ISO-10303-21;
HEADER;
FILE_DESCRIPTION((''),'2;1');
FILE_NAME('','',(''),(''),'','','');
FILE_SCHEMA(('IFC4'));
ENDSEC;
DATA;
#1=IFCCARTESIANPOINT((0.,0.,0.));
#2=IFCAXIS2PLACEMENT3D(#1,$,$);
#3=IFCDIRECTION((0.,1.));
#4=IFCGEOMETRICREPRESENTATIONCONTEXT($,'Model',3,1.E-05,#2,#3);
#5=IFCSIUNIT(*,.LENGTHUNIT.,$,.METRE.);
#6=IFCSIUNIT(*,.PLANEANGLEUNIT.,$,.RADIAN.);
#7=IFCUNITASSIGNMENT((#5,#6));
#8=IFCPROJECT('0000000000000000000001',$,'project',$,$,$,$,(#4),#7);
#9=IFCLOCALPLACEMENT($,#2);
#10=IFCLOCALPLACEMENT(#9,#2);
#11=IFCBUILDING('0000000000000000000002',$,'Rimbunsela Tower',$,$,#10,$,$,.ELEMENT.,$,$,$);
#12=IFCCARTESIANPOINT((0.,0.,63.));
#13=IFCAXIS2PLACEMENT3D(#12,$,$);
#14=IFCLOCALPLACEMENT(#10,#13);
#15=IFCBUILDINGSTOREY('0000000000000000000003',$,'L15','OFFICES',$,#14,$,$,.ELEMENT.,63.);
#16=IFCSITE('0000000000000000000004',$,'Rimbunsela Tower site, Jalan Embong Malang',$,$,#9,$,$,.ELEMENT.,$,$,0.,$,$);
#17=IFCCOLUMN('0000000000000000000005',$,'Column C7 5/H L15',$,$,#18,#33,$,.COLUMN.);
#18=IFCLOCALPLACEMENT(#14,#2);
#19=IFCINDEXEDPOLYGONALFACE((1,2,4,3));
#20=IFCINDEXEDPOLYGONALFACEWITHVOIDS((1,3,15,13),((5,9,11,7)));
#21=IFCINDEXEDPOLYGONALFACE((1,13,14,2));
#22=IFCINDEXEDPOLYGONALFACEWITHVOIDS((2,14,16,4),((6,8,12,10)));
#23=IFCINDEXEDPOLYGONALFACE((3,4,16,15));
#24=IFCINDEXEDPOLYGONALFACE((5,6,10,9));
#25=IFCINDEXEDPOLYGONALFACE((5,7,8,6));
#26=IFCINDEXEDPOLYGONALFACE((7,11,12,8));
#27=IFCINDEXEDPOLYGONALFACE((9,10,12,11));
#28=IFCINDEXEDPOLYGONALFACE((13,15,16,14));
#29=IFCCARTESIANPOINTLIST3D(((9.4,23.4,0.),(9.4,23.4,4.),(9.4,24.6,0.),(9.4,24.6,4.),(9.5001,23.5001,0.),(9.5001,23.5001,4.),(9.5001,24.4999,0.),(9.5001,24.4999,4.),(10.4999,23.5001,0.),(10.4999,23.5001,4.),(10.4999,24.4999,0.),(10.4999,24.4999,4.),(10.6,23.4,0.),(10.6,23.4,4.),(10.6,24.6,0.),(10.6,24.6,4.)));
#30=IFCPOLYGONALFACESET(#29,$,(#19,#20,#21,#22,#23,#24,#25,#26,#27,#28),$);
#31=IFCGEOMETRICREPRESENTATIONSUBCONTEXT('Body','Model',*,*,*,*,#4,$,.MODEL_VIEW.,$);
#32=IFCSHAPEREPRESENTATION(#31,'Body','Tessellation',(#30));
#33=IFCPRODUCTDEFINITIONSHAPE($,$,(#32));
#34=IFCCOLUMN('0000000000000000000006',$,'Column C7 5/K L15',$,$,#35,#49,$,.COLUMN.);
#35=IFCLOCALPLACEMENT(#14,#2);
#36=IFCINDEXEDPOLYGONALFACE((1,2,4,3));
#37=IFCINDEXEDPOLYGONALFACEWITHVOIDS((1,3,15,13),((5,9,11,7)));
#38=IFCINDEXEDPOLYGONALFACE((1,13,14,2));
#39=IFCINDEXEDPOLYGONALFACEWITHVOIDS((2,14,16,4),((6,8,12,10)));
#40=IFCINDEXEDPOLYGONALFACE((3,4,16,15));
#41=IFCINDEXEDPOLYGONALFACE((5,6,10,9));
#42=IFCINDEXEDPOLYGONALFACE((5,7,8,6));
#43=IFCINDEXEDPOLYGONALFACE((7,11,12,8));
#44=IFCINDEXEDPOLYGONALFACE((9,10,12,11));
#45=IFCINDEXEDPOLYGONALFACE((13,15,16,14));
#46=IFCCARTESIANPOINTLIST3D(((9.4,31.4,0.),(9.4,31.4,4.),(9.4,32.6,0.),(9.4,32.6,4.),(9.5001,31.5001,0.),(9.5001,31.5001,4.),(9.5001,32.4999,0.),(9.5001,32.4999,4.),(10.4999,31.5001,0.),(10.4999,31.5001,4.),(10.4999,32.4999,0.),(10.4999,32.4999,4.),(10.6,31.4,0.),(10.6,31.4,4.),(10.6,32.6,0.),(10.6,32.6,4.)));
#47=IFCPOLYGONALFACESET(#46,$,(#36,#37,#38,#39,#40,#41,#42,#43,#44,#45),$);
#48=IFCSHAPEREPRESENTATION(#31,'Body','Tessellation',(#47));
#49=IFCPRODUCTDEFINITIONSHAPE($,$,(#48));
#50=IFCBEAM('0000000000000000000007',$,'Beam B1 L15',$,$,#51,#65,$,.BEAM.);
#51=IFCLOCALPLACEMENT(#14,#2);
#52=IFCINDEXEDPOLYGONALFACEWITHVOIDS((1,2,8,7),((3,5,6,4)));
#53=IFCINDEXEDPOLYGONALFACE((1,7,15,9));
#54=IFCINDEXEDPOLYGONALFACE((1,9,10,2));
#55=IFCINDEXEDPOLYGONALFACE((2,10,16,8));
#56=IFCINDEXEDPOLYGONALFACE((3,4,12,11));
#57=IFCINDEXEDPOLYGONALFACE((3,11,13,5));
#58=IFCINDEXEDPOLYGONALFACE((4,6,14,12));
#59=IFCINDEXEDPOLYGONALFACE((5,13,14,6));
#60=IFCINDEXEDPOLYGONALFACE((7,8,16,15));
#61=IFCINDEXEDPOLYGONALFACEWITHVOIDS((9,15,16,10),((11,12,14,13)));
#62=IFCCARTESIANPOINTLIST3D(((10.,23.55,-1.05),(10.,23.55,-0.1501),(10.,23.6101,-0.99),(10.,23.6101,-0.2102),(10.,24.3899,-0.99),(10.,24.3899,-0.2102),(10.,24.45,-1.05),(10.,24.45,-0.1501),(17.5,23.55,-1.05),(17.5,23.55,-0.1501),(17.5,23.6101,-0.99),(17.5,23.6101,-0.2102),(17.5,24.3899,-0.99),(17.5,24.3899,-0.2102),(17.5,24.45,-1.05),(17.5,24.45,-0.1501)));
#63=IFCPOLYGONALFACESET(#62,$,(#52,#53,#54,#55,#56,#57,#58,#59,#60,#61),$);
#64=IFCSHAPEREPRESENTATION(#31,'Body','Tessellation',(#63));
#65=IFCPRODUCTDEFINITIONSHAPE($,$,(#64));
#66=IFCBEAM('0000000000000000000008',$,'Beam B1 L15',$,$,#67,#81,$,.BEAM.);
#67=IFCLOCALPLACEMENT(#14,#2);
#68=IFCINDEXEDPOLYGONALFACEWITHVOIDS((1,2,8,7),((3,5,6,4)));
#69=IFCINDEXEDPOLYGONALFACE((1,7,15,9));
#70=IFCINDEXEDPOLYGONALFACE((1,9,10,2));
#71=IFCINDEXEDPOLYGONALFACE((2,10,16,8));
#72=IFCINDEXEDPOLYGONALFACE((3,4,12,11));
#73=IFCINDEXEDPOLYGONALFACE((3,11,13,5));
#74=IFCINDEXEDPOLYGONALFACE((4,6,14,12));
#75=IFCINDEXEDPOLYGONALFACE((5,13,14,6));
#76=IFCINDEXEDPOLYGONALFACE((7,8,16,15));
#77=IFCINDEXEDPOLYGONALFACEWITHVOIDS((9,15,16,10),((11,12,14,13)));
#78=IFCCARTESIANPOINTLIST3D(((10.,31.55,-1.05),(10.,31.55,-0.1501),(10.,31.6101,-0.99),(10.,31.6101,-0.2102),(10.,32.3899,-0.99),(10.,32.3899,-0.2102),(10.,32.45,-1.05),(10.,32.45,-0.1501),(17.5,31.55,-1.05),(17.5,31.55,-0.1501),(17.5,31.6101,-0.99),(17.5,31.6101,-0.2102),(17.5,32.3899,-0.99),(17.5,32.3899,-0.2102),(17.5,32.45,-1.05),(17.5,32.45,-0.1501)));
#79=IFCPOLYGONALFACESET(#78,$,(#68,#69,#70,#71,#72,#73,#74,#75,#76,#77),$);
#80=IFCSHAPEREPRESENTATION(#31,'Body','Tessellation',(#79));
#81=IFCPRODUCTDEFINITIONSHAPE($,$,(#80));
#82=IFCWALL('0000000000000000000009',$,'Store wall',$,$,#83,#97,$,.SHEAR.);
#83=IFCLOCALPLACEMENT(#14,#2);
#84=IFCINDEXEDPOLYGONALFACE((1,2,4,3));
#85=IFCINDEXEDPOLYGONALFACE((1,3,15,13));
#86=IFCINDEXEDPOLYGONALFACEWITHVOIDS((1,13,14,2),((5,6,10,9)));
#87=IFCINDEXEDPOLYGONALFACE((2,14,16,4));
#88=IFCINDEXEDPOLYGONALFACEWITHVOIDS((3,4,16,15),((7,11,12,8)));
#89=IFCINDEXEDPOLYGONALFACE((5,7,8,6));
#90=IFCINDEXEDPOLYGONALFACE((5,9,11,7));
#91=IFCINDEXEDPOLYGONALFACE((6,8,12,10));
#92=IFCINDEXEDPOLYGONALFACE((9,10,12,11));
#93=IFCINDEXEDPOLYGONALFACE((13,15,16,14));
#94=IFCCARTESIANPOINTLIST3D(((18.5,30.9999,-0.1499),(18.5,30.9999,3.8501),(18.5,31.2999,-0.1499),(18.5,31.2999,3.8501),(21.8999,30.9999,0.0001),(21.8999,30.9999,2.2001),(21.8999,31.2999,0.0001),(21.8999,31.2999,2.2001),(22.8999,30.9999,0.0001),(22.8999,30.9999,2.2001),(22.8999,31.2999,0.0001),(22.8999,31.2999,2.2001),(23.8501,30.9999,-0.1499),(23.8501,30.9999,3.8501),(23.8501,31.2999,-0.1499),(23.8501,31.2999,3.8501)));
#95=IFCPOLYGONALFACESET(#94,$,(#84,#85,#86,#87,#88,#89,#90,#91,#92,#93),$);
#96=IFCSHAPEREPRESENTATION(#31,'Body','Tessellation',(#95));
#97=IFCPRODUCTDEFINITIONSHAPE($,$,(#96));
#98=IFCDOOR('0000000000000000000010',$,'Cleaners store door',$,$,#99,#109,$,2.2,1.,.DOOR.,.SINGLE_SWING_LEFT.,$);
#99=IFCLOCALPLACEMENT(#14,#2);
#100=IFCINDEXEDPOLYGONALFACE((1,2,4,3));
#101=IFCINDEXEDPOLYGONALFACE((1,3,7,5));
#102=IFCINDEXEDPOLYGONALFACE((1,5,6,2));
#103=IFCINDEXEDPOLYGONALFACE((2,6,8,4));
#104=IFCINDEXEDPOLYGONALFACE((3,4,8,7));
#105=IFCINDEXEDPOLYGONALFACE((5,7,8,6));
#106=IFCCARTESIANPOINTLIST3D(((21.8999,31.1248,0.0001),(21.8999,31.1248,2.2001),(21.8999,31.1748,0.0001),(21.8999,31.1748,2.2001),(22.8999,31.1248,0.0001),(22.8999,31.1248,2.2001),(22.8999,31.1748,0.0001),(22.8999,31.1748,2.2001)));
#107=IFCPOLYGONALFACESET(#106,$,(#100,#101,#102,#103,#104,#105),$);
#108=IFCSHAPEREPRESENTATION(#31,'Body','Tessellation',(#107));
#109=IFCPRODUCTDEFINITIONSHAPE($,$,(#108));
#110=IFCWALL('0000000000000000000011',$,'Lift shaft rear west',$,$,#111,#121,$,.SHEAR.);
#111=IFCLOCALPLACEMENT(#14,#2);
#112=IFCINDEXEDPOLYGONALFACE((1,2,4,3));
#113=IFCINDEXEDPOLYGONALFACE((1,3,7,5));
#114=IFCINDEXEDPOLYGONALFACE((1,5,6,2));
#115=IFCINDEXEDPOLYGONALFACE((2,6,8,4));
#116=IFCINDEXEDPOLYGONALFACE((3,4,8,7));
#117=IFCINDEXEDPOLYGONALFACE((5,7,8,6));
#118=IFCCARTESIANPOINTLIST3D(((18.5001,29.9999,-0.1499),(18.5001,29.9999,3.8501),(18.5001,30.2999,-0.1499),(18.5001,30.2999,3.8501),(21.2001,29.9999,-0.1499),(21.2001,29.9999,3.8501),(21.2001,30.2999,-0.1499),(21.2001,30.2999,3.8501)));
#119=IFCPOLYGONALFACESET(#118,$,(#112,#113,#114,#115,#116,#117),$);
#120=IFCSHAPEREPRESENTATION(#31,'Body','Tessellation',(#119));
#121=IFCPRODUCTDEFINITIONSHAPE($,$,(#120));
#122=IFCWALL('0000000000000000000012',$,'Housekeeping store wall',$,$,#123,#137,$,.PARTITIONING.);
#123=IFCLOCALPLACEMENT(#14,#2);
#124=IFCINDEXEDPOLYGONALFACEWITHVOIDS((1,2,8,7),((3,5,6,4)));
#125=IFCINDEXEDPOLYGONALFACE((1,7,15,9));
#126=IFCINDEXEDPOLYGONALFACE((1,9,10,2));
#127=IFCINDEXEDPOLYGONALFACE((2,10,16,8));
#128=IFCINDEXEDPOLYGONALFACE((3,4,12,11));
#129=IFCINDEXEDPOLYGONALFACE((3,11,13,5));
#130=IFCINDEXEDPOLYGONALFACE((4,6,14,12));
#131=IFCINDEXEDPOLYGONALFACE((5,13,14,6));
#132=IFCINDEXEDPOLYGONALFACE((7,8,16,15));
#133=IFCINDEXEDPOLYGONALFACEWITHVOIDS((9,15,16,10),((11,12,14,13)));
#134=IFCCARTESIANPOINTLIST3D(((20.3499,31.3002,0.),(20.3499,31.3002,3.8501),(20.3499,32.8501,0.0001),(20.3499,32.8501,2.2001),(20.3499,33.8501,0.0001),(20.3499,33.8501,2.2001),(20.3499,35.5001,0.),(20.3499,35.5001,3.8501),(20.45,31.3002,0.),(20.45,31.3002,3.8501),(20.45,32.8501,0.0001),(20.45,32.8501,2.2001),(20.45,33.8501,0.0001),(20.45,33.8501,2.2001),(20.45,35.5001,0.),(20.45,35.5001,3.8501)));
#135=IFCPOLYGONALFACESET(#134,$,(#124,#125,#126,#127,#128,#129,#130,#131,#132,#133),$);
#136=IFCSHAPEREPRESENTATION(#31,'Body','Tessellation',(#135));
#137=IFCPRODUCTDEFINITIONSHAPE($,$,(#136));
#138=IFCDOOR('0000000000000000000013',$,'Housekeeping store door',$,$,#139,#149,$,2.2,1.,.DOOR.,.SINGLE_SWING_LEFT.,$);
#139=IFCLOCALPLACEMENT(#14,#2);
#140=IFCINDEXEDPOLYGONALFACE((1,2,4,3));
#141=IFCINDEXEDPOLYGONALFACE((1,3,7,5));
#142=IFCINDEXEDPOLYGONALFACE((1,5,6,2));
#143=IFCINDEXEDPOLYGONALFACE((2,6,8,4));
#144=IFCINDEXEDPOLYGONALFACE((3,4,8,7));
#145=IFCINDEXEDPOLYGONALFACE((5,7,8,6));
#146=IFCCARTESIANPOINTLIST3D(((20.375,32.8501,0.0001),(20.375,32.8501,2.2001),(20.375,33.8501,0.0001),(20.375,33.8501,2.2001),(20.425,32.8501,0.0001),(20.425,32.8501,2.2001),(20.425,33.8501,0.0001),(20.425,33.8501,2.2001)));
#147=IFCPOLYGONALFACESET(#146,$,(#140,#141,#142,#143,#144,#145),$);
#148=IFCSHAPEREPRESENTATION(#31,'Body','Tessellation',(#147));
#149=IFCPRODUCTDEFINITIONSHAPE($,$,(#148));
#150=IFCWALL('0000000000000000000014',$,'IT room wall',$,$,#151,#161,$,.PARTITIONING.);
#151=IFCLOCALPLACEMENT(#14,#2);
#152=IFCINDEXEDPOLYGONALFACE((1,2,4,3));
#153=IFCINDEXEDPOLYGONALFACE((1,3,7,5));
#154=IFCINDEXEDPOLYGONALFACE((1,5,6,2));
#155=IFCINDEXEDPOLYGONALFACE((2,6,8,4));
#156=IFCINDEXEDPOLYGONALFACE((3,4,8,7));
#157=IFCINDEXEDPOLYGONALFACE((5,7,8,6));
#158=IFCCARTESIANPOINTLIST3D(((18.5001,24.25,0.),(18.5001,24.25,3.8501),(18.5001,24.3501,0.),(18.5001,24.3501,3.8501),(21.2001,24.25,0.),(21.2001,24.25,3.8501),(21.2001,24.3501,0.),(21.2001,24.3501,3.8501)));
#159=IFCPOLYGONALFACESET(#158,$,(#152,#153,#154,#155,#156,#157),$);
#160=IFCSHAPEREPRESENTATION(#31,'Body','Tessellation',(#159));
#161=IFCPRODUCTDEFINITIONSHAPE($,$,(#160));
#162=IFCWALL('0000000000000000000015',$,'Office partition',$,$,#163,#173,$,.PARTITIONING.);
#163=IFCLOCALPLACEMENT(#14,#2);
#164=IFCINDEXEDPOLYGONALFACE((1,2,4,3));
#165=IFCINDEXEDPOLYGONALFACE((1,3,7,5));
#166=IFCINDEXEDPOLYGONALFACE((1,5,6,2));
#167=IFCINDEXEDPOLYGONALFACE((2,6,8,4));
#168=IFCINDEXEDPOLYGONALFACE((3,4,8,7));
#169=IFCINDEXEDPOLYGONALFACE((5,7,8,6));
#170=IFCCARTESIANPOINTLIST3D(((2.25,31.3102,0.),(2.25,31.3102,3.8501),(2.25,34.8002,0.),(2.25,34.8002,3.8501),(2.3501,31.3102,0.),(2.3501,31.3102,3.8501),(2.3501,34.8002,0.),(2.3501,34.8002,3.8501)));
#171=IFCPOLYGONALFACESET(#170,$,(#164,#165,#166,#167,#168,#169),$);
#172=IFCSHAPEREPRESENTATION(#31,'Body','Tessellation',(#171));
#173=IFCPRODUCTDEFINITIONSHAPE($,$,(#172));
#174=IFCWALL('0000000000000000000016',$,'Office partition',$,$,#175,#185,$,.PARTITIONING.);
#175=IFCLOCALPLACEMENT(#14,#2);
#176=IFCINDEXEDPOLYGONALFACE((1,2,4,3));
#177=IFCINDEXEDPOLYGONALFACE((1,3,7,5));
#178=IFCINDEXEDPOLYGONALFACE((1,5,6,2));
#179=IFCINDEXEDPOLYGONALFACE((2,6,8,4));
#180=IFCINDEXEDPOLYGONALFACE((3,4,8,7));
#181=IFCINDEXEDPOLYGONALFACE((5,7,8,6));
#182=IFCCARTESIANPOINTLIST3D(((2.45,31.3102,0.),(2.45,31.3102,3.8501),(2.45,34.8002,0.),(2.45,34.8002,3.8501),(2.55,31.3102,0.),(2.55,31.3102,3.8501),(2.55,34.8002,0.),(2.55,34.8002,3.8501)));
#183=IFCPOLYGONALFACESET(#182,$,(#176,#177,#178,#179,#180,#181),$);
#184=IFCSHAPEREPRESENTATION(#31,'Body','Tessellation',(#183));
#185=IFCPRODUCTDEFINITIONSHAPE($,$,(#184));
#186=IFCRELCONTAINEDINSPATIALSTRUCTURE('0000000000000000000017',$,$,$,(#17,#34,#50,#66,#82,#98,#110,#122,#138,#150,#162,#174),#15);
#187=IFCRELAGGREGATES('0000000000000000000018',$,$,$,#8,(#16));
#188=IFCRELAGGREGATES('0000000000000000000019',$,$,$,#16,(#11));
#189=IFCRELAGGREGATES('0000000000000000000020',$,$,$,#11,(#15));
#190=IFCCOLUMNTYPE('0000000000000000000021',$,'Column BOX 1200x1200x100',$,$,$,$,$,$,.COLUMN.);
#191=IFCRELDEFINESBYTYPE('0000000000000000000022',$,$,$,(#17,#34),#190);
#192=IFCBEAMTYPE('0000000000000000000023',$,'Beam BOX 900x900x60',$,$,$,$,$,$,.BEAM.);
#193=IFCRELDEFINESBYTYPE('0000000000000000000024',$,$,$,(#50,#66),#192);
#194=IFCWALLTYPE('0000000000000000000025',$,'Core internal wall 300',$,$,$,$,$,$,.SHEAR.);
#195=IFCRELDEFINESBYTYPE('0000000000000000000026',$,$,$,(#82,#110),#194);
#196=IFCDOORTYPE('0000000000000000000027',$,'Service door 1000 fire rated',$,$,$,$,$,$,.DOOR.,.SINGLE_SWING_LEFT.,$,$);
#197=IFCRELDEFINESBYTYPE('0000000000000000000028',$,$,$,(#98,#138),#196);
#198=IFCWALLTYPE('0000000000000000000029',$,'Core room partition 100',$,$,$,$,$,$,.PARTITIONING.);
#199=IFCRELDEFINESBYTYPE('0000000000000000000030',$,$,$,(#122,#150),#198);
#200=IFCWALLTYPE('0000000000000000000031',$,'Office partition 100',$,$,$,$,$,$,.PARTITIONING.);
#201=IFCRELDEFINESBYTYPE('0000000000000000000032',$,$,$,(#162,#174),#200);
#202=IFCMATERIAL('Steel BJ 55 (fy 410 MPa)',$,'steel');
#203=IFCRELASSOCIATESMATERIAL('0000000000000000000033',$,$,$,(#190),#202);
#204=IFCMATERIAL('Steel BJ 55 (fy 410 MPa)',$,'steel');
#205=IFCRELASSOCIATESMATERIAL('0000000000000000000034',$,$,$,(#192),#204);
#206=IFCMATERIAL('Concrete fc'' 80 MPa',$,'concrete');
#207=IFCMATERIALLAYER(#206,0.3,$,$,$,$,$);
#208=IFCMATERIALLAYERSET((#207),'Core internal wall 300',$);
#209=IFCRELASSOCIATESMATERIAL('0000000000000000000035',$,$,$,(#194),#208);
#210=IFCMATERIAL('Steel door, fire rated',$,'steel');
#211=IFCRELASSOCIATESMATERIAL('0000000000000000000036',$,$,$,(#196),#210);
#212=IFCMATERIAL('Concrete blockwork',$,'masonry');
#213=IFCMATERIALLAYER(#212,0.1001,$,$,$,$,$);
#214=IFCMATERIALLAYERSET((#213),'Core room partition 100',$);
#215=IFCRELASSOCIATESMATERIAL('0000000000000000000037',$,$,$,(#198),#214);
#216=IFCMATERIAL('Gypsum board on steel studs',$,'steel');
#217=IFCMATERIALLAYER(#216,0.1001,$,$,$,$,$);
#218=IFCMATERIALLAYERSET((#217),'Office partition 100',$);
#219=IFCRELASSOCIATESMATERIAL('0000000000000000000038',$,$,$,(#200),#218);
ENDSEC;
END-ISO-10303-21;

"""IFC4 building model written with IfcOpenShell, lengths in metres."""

from ifc_helpers import new_model, si_unit, direction, frame, frame_2d, origin, origin_2d, place, context, subcontext, project, spatial, rectangle, hollow_rectangle, extrude, material, layer, layer_set, material_profile, profile_set, type_object, element, fill, save


model = new_model("IFC4")

# Units and contexts
model_context = context("Model", 3, precision=1e-05, world=origin(), true_north=direction((0.0, 1.0)))
body_context = subcontext(model_context, "Body", "Model", "MODEL_VIEW")
ifc_project = project(units=[si_unit("LENGTHUNIT", "METRE"), si_unit("PLANEANGLEUNIT", "RADIAN")], contexts=[model_context])

# Site, building, storey
site_placement = place(None, origin())
site = spatial("IfcSite", under=ifc_project, at=site_placement, Name="Rimbunsela Tower site, Jalan Embong Malang", CompositionType="ELEMENT", RefElevation=0.0)
building_placement = place(site_placement, origin())
building = spatial("IfcBuilding", under=site, at=building_placement, Name="Rimbunsela Tower", CompositionType="ELEMENT")
storey_placement = place(building_placement, frame((0.0, 0.0, 63.0)))
storey = spatial("IfcBuildingStorey", under=building, at=storey_placement, Name="L15", Description="OFFICES", CompositionType="ELEMENT", Elevation=63.0)

# Columns
ifc_material_1 = material(Name="Steel BJ 55 (fy 410 MPa)", Category="steel")
ifc_material_profile_1 = material_profile(ifc_material_1, hollow_rectangle(XDim=1.2, YDim=1.2, WallThickness=0.1001, at=origin_2d()), Name="BOX 1200x1200x100")
ifc_profile_set_1 = profile_set([ifc_material_profile_1], Name="Steel BJ 55 (fy 410 MPa)")
column_type = type_object("IfcColumnType", Name="Column BOX 1200x1200x100", PredefinedType="COLUMN", material=ifc_profile_set_1)
for number, where, z_axis, x_axis, name in (
    (1, (10.0, 24.0, 0.0), (0.0, 0.0, 1.0), (1.0, 0.0, 0.0), "Column C7 5/H L15"),
    (2, (10.0, 32.0, 0.0), (0.0, 0.0, 1.0), (1.0, 0.0, 0.0), "Column C7 5/K L15"),
):
    element("IfcColumn", number, at=place(storey_placement, frame(where, z_axis=z_axis, x_axis=x_axis)), inside=storey, type_object=column_type, Name=name, PredefinedType="COLUMN", context=body_context, shape_type="SweptSolid", body=[
        extrude(hollow_rectangle(XDim=1.2, YDim=1.2, WallThickness=0.1001, at=origin_2d()), origin(), (0.0, 0.0, 1.0), 4.0),
    ])

# Beams
ifc_material_2 = material(Name="Steel BJ 55 (fy 410 MPa)", Category="steel")
ifc_material_profile_2 = material_profile(ifc_material_2, hollow_rectangle(XDim=0.8999, YDim=0.8999, WallThickness=0.0601, at=origin_2d()), Name="BOX 900x900x60")
ifc_profile_set_2 = profile_set([ifc_material_profile_2], Name="Steel BJ 55 (fy 410 MPa)")
beam_type = type_object("IfcBeamType", Name="Beam BOX 900x900x60", PredefinedType="BEAM", material=ifc_profile_set_2)
for number, where, z_axis, x_axis, name in (
    (3, (10.0, 24.0, -0.6001), (1.0, 0.0, 0.0), (0.0, 1.0, 0.0), "Beam B1 L15"),
    (4, (10.0, 32.0, -0.6001), (1.0, 0.0, 0.0), (0.0, 1.0, 0.0), "Beam B1 L15"),
):
    element("IfcBeam", number, at=place(storey_placement, frame(where, z_axis=z_axis, x_axis=x_axis)), inside=storey, type_object=beam_type, Name=name, PredefinedType="BEAM", context=body_context, shape_type="SweptSolid", body=[
        extrude(hollow_rectangle(XDim=0.8999, YDim=0.8999, WallThickness=0.0601, at=origin_2d()), origin(), (0.0, 0.0, 1.0), 7.5),
    ])

# Wall, opening, door
ifc_material_3 = material(Name="Concrete fc' 80 MPa", Category="concrete")
ifc_layer_1 = layer(ifc_material_3, 0.3)
ifc_layer_set_1 = layer_set([ifc_layer_1], Name="Core internal wall 300")
wall_type_1 = type_object("IfcWallType", Name="Core internal wall 300", PredefinedType="SHEAR", material=ifc_layer_set_1)
wall_1_placement = place(storey_placement, frame((18.5, 31.1499, -0.1499), z_axis=(0.0, 0.0, 1.0), x_axis=(1.0, 0.0, 0.0)))
wall_1 = element("IfcWall", 5, at=wall_1_placement, inside=storey, type_object=wall_type_1, Name="Store wall", PredefinedType="SHEAR", context=body_context, shape_type="SweptSolid", body=[
    extrude(rectangle(XDim=5.3501, YDim=0.3, at=frame_2d((2.675, 0.0))), origin(), (0.0, 0.0, 1.0), 4.0),
])
opening_1_placement = place(wall_1_placement, frame((3.3999, 0.0, 0.1499)))
opening_1 = element("IfcOpeningElement", 6, at=opening_1_placement, cuts=wall_1, PredefinedType="OPENING", context=body_context, shape_type="SweptSolid", body=[
    extrude(rectangle(XDim=1.0, YDim=2.2, at=frame_2d((0.5, 1.1001))), frame((0.0, 0.1599, 0.0), z_axis=(0.0, -1.0, 0.0), x_axis=(1.0, 0.0, 0.0)), (0.0, 0.0, 1.0), 0.3201),
])
ifc_material_4 = material(Name="Steel door, fire rated", Category="steel")
door_type_1 = type_object("IfcDoorType", Name="Service door 1000 fire rated", OperationType="SINGLE_SWING_LEFT", PredefinedType="DOOR", material=ifc_material_4)
door_1_placement = place(opening_1_placement, origin())
door_1 = element("IfcDoor", 7, at=door_1_placement, inside=storey, type_object=door_type_1, Name="Cleaners store door", OperationType="SINGLE_SWING_LEFT", OverallHeight=2.2, OverallWidth=1.0, PredefinedType="DOOR", context=body_context, shape_type="SweptSolid", body=[
    extrude(rectangle(XDim=1.0, YDim=2.2, at=frame_2d((0.5, 1.1001))), frame((0.0, 0.0249, 0.0), z_axis=(0.0, -1.0, 0.0), x_axis=(1.0, 0.0, 0.0)), (0.0, 0.0, 1.0), 0.05),
])
fill(opening_1, door_1)

# Wall
wall_2_placement = place(storey_placement, frame((18.5, 30.1499, -0.1499), z_axis=(0.0, 0.0, 1.0), x_axis=(1.0, 0.0, 0.0)))
element("IfcWall", 8, at=wall_2_placement, inside=storey, type_object=wall_type_1, Name="Lift shaft rear west", PredefinedType="SHEAR", context=body_context, shape_type="SweptSolid", body=[
    extrude(rectangle(XDim=2.7, YDim=0.3, at=frame_2d((1.3501, 0.0))), origin(), (0.0, 0.0, 1.0), 4.0),
])

# Wall, opening, door
ifc_material_5 = material(Name="Concrete blockwork", Category="masonry")
ifc_layer_2 = layer(ifc_material_5, 0.1001)
ifc_layer_set_2 = layer_set([ifc_layer_2], Name="Core room partition 100")
wall_type_2 = type_object("IfcWallType", Name="Core room partition 100", PredefinedType="PARTITIONING", material=ifc_layer_set_2)
wall_3_placement = place(storey_placement, frame((20.3999, 31.3, 0.0), z_axis=(0.0, 0.0, 1.0), x_axis=(0.0, 1.0, 0.0)))
wall_3 = element("IfcWall", 9, at=wall_3_placement, inside=storey, type_object=wall_type_2, Name="Housekeeping store wall", PredefinedType="PARTITIONING", context=body_context, shape_type="SweptSolid", body=[
    extrude(rectangle(XDim=4.2, YDim=0.1001, at=frame_2d((2.1001, 0.0))), origin(), (0.0, 0.0, 1.0), 3.8501),
])
opening_2_placement = place(wall_3_placement, frame((1.55, 0.0, 0.0)))
opening_2 = element("IfcOpeningElement", 10, at=opening_2_placement, cuts=wall_3, PredefinedType="OPENING", context=body_context, shape_type="SweptSolid", body=[
    extrude(rectangle(XDim=1.0, YDim=2.2, at=frame_2d((0.5, 1.1001))), frame((0.0, 0.0601, 0.0), z_axis=(0.0, -1.0, 0.0), x_axis=(1.0, 0.0, 0.0)), (0.0, 0.0, 1.0), 0.1201),
])
door_2_placement = place(opening_2_placement, origin())
door_2 = element("IfcDoor", 11, at=door_2_placement, inside=storey, type_object=door_type_1, Name="Housekeeping store door", OperationType="SINGLE_SWING_LEFT", OverallHeight=2.2, OverallWidth=1.0, PredefinedType="DOOR", context=body_context, shape_type="SweptSolid", body=[
    extrude(rectangle(XDim=1.0, YDim=2.2, at=frame_2d((0.5, 1.1001))), frame((0.0, 0.0249, 0.0), z_axis=(0.0, -1.0, 0.0), x_axis=(1.0, 0.0, 0.0)), (0.0, 0.0, 1.0), 0.05),
])
fill(opening_2, door_2)

# Walls
wall_4_placement = place(storey_placement, frame((18.5, 24.3, 0.0), z_axis=(0.0, 0.0, 1.0), x_axis=(1.0, 0.0, 0.0)))
element("IfcWall", 12, at=wall_4_placement, inside=storey, type_object=wall_type_2, Name="IT room wall", PredefinedType="PARTITIONING", context=body_context, shape_type="SweptSolid", body=[
    extrude(rectangle(XDim=2.7, YDim=0.1001, at=frame_2d((1.3501, 0.0))), origin(), (0.0, 0.0, 1.0), 3.8501),
])
ifc_material_6 = material(Name="Gypsum board on steel studs", Category="steel")
ifc_layer_3 = layer(ifc_material_6, 0.1001)
ifc_layer_set_3 = layer_set([ifc_layer_3], Name="Office partition 100")
wall_type_3 = type_object("IfcWallType", Name="Office partition 100", PredefinedType="PARTITIONING", material=ifc_layer_set_3)
for number, where, z_axis, x_axis, name in (
    (13, (2.3, 31.3101, 0.0), (0.0, 0.0, 1.0), (0.0, 1.0, 0.0), "Office partition"),
    (14, (2.5, 31.3101, 0.0), (0.0, 0.0, 1.0), (0.0, 1.0, 0.0), "Office partition"),
):
    element("IfcWall", number, at=place(storey_placement, frame(where, z_axis=z_axis, x_axis=x_axis)), inside=storey, type_object=wall_type_3, Name=name, PredefinedType="PARTITIONING", context=body_context, shape_type="SweptSolid", body=[
        extrude(rectangle(XDim=3.49, YDim=0.1001, at=frame_2d((1.7451, 0.0))), origin(), (0.0, 0.0, 1.0), 3.8501),
    ])

save(model, "model.ifc")
